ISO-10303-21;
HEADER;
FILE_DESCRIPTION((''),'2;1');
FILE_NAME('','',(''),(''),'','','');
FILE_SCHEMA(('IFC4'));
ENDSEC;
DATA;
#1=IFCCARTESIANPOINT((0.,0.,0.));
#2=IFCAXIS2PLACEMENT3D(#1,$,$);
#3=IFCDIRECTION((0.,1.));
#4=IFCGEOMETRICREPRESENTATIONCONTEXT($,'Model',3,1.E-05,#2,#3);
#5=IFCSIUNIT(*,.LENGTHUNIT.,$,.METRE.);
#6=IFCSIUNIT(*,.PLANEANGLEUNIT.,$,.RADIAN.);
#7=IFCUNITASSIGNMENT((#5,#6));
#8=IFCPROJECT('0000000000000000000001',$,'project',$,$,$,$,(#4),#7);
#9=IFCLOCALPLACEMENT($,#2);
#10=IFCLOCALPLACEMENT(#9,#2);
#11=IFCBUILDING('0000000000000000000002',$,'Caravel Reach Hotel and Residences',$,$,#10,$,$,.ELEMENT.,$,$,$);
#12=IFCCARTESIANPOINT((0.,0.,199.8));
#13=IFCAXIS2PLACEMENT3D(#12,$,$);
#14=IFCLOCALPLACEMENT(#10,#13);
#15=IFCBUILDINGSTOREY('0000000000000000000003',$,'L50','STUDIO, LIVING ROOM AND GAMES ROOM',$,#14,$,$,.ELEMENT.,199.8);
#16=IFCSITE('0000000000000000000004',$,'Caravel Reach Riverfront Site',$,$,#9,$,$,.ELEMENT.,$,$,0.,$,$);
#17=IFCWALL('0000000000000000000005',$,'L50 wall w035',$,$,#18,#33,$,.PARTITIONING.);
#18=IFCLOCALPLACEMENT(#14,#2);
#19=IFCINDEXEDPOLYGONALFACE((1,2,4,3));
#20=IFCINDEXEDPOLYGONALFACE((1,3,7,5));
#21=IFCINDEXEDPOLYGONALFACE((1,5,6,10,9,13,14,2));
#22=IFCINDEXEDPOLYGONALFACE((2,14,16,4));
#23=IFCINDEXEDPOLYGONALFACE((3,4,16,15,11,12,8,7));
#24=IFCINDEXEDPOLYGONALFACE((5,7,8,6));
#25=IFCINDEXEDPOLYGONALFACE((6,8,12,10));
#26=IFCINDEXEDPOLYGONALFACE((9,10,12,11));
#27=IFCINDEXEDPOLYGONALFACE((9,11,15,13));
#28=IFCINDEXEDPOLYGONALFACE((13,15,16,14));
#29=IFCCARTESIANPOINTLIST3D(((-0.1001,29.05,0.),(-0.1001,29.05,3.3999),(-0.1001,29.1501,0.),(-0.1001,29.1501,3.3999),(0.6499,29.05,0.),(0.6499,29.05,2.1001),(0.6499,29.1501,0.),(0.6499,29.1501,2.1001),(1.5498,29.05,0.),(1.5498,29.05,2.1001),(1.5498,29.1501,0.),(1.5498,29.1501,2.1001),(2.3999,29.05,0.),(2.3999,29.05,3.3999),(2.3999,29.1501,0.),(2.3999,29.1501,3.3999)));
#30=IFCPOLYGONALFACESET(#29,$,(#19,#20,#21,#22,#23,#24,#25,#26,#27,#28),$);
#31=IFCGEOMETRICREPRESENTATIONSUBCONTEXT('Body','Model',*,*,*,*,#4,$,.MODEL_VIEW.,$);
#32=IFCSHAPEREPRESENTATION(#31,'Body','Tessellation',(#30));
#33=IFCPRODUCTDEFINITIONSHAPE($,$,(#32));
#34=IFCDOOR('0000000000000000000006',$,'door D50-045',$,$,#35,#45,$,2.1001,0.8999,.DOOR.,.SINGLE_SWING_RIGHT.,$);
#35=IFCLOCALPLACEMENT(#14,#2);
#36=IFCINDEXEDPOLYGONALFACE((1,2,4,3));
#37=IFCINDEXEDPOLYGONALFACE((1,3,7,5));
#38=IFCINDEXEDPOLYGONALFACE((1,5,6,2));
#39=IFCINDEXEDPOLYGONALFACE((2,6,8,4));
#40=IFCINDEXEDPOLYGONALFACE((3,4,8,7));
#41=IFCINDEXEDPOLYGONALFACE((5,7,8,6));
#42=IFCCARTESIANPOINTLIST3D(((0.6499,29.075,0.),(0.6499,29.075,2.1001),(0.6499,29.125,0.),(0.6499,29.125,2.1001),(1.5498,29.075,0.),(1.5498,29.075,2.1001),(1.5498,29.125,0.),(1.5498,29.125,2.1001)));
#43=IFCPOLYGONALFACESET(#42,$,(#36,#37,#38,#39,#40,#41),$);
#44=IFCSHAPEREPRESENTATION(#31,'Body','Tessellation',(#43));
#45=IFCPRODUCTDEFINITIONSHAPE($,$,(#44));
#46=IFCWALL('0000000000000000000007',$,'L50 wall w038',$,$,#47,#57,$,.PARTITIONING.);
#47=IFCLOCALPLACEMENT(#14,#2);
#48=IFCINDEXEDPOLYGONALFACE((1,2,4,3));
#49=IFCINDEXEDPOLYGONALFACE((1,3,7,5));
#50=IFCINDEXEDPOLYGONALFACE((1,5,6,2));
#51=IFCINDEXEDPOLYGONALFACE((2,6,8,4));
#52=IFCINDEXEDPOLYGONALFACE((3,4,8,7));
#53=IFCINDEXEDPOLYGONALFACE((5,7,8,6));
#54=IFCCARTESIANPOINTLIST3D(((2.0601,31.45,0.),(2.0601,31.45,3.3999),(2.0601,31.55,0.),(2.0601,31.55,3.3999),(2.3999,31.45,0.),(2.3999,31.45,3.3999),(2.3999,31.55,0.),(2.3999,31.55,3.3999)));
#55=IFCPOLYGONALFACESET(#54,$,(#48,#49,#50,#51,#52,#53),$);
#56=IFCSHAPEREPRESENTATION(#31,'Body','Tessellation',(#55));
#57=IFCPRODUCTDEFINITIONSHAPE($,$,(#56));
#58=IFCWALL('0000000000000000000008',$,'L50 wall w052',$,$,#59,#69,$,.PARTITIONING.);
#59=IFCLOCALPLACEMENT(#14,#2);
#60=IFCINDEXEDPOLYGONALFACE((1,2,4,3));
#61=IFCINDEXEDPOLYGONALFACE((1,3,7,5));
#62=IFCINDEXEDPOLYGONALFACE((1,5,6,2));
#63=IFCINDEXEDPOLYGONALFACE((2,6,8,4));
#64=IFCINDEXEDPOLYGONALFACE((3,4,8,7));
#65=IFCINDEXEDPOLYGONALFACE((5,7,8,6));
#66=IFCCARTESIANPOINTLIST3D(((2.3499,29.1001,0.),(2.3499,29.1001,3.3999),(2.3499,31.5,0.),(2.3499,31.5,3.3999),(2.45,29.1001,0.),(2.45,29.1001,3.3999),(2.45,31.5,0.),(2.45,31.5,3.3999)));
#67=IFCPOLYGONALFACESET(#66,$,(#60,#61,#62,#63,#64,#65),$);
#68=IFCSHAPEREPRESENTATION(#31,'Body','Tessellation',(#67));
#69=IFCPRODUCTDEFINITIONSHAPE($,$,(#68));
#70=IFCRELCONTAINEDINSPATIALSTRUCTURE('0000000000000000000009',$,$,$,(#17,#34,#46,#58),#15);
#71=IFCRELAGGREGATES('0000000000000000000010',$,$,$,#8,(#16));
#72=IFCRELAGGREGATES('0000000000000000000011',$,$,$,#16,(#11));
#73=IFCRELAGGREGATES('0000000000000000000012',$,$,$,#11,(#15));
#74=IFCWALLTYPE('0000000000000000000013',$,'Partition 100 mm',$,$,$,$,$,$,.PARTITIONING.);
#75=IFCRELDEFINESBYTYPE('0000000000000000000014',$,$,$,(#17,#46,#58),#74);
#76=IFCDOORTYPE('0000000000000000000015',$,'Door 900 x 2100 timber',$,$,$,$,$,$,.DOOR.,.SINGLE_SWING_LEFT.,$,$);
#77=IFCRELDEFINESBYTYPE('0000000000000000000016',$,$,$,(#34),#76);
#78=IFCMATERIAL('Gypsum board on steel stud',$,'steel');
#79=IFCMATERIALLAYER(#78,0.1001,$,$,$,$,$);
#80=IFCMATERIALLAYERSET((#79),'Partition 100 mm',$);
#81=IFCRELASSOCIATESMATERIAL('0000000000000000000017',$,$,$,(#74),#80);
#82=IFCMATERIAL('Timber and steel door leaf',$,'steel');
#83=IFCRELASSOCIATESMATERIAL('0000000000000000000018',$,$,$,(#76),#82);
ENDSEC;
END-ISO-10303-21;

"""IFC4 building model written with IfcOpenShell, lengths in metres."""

from ifc_helpers import new_model, si_unit, direction, frame, frame_2d, origin, place, context, subcontext, project, spatial, rectangle, extrude, material, layer, layer_set, type_object, element, fill, save


model = new_model("IFC4")

# Units and contexts
model_context = context("Model", 3, precision=1e-05, world=origin(), true_north=direction((0.0, 1.0)))
body_context = subcontext(model_context, "Body", "Model", "MODEL_VIEW")
ifc_project = project(units=[si_unit("LENGTHUNIT", "METRE"), si_unit("PLANEANGLEUNIT", "RADIAN")], contexts=[model_context])

# Site, building, storey
site_placement = place(None, origin())
site = spatial("IfcSite", under=ifc_project, at=site_placement, Name="Caravel Reach Riverfront Site", CompositionType="ELEMENT", RefElevation=0.0)
building_placement = place(site_placement, origin())
building = spatial("IfcBuilding", under=site, at=building_placement, Name="Caravel Reach Hotel and Residences", CompositionType="ELEMENT")
storey_placement = place(building_placement, frame((0.0, 0.0, 199.8)))
storey = spatial("IfcBuildingStorey", under=building, at=storey_placement, Name="L50", Description="STUDIO, LIVING ROOM AND GAMES ROOM", CompositionType="ELEMENT", Elevation=199.8)

# Wall, opening, door
ifc_material_1 = material(Name="Gypsum board on steel stud", Category="steel")
ifc_layer_1 = layer(ifc_material_1, 0.1001)
ifc_layer_set_1 = layer_set([ifc_layer_1], Name="Partition 100 mm")
wall_type_1 = type_object("IfcWallType", Name="Partition 100 mm", PredefinedType="PARTITIONING", material=ifc_layer_set_1)
wall_1_placement = place(storey_placement, frame((-0.1001, 29.1001, 0.0), z_axis=(0.0, 0.0, 1.0), x_axis=(1.0, 0.0, 0.0)))
wall_1 = element("IfcWall", 1, at=wall_1_placement, inside=storey, type_object=wall_type_1, Name="L50 wall w035", PredefinedType="PARTITIONING", context=body_context, shape_type="SweptSolid", body=[
    extrude(rectangle(XDim=2.5, YDim=0.1001, at=frame_2d((1.25, 0.0))), origin(), (0.0, 0.0, 1.0), 3.3999),
])
opening_1_placement = place(wall_1_placement, frame((0.75, 0.0, 0.0)))
opening_1 = element("IfcOpeningElement", 2, at=opening_1_placement, cuts=wall_1, PredefinedType="OPENING", context=body_context, shape_type="SweptSolid", body=[
    extrude(rectangle(XDim=0.8999, YDim=2.1001, at=frame_2d((0.45, 1.05))), frame((0.0, 0.0601, 0.0), z_axis=(0.0, -1.0, 0.0), x_axis=(1.0, 0.0, 0.0)), (0.0, 0.0, 1.0), 0.1201),
])
ifc_material_2 = material(Name="Timber and steel door leaf", Category="steel")
door_type_1 = type_object("IfcDoorType", Name="Door 900 x 2100 timber", OperationType="SINGLE_SWING_LEFT", PredefinedType="DOOR", material=ifc_material_2)
door_1_placement = place(opening_1_placement, origin())
door_1 = element("IfcDoor", 3, at=door_1_placement, inside=storey, type_object=door_type_1, Name="door D50-045", OperationType="SINGLE_SWING_RIGHT", OverallHeight=2.1001, OverallWidth=0.8999, PredefinedType="DOOR", context=body_context, shape_type="SweptSolid", body=[
    extrude(rectangle(XDim=0.8999, YDim=2.1001, at=frame_2d((0.45, 1.05))), frame((0.0, 0.0249, 0.0), z_axis=(0.0, -1.0, 0.0), x_axis=(1.0, 0.0, 0.0)), (0.0, 0.0, 1.0), 0.05),
])
fill(opening_1, door_1)

# Walls
wall_2_placement = place(storey_placement, frame((2.0601, 31.5, 0.0), z_axis=(0.0, 0.0, 1.0), x_axis=(1.0, 0.0, 0.0)))
element("IfcWall", 4, at=wall_2_placement, inside=storey, type_object=wall_type_1, Name="L50 wall w038", PredefinedType="PARTITIONING", context=body_context, shape_type="SweptSolid", body=[
    extrude(rectangle(XDim=0.3398, YDim=0.1001, at=frame_2d((0.1699, 0.0))), origin(), (0.0, 0.0, 1.0), 3.3999),
])
wall_3_placement = place(storey_placement, frame((2.3999, 29.1001, 0.0), z_axis=(0.0, 0.0, 1.0), x_axis=(0.0, 1.0, 0.0)))
element("IfcWall", 5, at=wall_3_placement, inside=storey, type_object=wall_type_1, Name="L50 wall w052", PredefinedType="PARTITIONING", context=body_context, shape_type="SweptSolid", body=[
    extrude(rectangle(XDim=2.3999, YDim=0.1001, at=frame_2d((1.2, 0.0))), origin(), (0.0, 0.0, 1.0), 3.3999),
])

save(model, "model.ifc")
